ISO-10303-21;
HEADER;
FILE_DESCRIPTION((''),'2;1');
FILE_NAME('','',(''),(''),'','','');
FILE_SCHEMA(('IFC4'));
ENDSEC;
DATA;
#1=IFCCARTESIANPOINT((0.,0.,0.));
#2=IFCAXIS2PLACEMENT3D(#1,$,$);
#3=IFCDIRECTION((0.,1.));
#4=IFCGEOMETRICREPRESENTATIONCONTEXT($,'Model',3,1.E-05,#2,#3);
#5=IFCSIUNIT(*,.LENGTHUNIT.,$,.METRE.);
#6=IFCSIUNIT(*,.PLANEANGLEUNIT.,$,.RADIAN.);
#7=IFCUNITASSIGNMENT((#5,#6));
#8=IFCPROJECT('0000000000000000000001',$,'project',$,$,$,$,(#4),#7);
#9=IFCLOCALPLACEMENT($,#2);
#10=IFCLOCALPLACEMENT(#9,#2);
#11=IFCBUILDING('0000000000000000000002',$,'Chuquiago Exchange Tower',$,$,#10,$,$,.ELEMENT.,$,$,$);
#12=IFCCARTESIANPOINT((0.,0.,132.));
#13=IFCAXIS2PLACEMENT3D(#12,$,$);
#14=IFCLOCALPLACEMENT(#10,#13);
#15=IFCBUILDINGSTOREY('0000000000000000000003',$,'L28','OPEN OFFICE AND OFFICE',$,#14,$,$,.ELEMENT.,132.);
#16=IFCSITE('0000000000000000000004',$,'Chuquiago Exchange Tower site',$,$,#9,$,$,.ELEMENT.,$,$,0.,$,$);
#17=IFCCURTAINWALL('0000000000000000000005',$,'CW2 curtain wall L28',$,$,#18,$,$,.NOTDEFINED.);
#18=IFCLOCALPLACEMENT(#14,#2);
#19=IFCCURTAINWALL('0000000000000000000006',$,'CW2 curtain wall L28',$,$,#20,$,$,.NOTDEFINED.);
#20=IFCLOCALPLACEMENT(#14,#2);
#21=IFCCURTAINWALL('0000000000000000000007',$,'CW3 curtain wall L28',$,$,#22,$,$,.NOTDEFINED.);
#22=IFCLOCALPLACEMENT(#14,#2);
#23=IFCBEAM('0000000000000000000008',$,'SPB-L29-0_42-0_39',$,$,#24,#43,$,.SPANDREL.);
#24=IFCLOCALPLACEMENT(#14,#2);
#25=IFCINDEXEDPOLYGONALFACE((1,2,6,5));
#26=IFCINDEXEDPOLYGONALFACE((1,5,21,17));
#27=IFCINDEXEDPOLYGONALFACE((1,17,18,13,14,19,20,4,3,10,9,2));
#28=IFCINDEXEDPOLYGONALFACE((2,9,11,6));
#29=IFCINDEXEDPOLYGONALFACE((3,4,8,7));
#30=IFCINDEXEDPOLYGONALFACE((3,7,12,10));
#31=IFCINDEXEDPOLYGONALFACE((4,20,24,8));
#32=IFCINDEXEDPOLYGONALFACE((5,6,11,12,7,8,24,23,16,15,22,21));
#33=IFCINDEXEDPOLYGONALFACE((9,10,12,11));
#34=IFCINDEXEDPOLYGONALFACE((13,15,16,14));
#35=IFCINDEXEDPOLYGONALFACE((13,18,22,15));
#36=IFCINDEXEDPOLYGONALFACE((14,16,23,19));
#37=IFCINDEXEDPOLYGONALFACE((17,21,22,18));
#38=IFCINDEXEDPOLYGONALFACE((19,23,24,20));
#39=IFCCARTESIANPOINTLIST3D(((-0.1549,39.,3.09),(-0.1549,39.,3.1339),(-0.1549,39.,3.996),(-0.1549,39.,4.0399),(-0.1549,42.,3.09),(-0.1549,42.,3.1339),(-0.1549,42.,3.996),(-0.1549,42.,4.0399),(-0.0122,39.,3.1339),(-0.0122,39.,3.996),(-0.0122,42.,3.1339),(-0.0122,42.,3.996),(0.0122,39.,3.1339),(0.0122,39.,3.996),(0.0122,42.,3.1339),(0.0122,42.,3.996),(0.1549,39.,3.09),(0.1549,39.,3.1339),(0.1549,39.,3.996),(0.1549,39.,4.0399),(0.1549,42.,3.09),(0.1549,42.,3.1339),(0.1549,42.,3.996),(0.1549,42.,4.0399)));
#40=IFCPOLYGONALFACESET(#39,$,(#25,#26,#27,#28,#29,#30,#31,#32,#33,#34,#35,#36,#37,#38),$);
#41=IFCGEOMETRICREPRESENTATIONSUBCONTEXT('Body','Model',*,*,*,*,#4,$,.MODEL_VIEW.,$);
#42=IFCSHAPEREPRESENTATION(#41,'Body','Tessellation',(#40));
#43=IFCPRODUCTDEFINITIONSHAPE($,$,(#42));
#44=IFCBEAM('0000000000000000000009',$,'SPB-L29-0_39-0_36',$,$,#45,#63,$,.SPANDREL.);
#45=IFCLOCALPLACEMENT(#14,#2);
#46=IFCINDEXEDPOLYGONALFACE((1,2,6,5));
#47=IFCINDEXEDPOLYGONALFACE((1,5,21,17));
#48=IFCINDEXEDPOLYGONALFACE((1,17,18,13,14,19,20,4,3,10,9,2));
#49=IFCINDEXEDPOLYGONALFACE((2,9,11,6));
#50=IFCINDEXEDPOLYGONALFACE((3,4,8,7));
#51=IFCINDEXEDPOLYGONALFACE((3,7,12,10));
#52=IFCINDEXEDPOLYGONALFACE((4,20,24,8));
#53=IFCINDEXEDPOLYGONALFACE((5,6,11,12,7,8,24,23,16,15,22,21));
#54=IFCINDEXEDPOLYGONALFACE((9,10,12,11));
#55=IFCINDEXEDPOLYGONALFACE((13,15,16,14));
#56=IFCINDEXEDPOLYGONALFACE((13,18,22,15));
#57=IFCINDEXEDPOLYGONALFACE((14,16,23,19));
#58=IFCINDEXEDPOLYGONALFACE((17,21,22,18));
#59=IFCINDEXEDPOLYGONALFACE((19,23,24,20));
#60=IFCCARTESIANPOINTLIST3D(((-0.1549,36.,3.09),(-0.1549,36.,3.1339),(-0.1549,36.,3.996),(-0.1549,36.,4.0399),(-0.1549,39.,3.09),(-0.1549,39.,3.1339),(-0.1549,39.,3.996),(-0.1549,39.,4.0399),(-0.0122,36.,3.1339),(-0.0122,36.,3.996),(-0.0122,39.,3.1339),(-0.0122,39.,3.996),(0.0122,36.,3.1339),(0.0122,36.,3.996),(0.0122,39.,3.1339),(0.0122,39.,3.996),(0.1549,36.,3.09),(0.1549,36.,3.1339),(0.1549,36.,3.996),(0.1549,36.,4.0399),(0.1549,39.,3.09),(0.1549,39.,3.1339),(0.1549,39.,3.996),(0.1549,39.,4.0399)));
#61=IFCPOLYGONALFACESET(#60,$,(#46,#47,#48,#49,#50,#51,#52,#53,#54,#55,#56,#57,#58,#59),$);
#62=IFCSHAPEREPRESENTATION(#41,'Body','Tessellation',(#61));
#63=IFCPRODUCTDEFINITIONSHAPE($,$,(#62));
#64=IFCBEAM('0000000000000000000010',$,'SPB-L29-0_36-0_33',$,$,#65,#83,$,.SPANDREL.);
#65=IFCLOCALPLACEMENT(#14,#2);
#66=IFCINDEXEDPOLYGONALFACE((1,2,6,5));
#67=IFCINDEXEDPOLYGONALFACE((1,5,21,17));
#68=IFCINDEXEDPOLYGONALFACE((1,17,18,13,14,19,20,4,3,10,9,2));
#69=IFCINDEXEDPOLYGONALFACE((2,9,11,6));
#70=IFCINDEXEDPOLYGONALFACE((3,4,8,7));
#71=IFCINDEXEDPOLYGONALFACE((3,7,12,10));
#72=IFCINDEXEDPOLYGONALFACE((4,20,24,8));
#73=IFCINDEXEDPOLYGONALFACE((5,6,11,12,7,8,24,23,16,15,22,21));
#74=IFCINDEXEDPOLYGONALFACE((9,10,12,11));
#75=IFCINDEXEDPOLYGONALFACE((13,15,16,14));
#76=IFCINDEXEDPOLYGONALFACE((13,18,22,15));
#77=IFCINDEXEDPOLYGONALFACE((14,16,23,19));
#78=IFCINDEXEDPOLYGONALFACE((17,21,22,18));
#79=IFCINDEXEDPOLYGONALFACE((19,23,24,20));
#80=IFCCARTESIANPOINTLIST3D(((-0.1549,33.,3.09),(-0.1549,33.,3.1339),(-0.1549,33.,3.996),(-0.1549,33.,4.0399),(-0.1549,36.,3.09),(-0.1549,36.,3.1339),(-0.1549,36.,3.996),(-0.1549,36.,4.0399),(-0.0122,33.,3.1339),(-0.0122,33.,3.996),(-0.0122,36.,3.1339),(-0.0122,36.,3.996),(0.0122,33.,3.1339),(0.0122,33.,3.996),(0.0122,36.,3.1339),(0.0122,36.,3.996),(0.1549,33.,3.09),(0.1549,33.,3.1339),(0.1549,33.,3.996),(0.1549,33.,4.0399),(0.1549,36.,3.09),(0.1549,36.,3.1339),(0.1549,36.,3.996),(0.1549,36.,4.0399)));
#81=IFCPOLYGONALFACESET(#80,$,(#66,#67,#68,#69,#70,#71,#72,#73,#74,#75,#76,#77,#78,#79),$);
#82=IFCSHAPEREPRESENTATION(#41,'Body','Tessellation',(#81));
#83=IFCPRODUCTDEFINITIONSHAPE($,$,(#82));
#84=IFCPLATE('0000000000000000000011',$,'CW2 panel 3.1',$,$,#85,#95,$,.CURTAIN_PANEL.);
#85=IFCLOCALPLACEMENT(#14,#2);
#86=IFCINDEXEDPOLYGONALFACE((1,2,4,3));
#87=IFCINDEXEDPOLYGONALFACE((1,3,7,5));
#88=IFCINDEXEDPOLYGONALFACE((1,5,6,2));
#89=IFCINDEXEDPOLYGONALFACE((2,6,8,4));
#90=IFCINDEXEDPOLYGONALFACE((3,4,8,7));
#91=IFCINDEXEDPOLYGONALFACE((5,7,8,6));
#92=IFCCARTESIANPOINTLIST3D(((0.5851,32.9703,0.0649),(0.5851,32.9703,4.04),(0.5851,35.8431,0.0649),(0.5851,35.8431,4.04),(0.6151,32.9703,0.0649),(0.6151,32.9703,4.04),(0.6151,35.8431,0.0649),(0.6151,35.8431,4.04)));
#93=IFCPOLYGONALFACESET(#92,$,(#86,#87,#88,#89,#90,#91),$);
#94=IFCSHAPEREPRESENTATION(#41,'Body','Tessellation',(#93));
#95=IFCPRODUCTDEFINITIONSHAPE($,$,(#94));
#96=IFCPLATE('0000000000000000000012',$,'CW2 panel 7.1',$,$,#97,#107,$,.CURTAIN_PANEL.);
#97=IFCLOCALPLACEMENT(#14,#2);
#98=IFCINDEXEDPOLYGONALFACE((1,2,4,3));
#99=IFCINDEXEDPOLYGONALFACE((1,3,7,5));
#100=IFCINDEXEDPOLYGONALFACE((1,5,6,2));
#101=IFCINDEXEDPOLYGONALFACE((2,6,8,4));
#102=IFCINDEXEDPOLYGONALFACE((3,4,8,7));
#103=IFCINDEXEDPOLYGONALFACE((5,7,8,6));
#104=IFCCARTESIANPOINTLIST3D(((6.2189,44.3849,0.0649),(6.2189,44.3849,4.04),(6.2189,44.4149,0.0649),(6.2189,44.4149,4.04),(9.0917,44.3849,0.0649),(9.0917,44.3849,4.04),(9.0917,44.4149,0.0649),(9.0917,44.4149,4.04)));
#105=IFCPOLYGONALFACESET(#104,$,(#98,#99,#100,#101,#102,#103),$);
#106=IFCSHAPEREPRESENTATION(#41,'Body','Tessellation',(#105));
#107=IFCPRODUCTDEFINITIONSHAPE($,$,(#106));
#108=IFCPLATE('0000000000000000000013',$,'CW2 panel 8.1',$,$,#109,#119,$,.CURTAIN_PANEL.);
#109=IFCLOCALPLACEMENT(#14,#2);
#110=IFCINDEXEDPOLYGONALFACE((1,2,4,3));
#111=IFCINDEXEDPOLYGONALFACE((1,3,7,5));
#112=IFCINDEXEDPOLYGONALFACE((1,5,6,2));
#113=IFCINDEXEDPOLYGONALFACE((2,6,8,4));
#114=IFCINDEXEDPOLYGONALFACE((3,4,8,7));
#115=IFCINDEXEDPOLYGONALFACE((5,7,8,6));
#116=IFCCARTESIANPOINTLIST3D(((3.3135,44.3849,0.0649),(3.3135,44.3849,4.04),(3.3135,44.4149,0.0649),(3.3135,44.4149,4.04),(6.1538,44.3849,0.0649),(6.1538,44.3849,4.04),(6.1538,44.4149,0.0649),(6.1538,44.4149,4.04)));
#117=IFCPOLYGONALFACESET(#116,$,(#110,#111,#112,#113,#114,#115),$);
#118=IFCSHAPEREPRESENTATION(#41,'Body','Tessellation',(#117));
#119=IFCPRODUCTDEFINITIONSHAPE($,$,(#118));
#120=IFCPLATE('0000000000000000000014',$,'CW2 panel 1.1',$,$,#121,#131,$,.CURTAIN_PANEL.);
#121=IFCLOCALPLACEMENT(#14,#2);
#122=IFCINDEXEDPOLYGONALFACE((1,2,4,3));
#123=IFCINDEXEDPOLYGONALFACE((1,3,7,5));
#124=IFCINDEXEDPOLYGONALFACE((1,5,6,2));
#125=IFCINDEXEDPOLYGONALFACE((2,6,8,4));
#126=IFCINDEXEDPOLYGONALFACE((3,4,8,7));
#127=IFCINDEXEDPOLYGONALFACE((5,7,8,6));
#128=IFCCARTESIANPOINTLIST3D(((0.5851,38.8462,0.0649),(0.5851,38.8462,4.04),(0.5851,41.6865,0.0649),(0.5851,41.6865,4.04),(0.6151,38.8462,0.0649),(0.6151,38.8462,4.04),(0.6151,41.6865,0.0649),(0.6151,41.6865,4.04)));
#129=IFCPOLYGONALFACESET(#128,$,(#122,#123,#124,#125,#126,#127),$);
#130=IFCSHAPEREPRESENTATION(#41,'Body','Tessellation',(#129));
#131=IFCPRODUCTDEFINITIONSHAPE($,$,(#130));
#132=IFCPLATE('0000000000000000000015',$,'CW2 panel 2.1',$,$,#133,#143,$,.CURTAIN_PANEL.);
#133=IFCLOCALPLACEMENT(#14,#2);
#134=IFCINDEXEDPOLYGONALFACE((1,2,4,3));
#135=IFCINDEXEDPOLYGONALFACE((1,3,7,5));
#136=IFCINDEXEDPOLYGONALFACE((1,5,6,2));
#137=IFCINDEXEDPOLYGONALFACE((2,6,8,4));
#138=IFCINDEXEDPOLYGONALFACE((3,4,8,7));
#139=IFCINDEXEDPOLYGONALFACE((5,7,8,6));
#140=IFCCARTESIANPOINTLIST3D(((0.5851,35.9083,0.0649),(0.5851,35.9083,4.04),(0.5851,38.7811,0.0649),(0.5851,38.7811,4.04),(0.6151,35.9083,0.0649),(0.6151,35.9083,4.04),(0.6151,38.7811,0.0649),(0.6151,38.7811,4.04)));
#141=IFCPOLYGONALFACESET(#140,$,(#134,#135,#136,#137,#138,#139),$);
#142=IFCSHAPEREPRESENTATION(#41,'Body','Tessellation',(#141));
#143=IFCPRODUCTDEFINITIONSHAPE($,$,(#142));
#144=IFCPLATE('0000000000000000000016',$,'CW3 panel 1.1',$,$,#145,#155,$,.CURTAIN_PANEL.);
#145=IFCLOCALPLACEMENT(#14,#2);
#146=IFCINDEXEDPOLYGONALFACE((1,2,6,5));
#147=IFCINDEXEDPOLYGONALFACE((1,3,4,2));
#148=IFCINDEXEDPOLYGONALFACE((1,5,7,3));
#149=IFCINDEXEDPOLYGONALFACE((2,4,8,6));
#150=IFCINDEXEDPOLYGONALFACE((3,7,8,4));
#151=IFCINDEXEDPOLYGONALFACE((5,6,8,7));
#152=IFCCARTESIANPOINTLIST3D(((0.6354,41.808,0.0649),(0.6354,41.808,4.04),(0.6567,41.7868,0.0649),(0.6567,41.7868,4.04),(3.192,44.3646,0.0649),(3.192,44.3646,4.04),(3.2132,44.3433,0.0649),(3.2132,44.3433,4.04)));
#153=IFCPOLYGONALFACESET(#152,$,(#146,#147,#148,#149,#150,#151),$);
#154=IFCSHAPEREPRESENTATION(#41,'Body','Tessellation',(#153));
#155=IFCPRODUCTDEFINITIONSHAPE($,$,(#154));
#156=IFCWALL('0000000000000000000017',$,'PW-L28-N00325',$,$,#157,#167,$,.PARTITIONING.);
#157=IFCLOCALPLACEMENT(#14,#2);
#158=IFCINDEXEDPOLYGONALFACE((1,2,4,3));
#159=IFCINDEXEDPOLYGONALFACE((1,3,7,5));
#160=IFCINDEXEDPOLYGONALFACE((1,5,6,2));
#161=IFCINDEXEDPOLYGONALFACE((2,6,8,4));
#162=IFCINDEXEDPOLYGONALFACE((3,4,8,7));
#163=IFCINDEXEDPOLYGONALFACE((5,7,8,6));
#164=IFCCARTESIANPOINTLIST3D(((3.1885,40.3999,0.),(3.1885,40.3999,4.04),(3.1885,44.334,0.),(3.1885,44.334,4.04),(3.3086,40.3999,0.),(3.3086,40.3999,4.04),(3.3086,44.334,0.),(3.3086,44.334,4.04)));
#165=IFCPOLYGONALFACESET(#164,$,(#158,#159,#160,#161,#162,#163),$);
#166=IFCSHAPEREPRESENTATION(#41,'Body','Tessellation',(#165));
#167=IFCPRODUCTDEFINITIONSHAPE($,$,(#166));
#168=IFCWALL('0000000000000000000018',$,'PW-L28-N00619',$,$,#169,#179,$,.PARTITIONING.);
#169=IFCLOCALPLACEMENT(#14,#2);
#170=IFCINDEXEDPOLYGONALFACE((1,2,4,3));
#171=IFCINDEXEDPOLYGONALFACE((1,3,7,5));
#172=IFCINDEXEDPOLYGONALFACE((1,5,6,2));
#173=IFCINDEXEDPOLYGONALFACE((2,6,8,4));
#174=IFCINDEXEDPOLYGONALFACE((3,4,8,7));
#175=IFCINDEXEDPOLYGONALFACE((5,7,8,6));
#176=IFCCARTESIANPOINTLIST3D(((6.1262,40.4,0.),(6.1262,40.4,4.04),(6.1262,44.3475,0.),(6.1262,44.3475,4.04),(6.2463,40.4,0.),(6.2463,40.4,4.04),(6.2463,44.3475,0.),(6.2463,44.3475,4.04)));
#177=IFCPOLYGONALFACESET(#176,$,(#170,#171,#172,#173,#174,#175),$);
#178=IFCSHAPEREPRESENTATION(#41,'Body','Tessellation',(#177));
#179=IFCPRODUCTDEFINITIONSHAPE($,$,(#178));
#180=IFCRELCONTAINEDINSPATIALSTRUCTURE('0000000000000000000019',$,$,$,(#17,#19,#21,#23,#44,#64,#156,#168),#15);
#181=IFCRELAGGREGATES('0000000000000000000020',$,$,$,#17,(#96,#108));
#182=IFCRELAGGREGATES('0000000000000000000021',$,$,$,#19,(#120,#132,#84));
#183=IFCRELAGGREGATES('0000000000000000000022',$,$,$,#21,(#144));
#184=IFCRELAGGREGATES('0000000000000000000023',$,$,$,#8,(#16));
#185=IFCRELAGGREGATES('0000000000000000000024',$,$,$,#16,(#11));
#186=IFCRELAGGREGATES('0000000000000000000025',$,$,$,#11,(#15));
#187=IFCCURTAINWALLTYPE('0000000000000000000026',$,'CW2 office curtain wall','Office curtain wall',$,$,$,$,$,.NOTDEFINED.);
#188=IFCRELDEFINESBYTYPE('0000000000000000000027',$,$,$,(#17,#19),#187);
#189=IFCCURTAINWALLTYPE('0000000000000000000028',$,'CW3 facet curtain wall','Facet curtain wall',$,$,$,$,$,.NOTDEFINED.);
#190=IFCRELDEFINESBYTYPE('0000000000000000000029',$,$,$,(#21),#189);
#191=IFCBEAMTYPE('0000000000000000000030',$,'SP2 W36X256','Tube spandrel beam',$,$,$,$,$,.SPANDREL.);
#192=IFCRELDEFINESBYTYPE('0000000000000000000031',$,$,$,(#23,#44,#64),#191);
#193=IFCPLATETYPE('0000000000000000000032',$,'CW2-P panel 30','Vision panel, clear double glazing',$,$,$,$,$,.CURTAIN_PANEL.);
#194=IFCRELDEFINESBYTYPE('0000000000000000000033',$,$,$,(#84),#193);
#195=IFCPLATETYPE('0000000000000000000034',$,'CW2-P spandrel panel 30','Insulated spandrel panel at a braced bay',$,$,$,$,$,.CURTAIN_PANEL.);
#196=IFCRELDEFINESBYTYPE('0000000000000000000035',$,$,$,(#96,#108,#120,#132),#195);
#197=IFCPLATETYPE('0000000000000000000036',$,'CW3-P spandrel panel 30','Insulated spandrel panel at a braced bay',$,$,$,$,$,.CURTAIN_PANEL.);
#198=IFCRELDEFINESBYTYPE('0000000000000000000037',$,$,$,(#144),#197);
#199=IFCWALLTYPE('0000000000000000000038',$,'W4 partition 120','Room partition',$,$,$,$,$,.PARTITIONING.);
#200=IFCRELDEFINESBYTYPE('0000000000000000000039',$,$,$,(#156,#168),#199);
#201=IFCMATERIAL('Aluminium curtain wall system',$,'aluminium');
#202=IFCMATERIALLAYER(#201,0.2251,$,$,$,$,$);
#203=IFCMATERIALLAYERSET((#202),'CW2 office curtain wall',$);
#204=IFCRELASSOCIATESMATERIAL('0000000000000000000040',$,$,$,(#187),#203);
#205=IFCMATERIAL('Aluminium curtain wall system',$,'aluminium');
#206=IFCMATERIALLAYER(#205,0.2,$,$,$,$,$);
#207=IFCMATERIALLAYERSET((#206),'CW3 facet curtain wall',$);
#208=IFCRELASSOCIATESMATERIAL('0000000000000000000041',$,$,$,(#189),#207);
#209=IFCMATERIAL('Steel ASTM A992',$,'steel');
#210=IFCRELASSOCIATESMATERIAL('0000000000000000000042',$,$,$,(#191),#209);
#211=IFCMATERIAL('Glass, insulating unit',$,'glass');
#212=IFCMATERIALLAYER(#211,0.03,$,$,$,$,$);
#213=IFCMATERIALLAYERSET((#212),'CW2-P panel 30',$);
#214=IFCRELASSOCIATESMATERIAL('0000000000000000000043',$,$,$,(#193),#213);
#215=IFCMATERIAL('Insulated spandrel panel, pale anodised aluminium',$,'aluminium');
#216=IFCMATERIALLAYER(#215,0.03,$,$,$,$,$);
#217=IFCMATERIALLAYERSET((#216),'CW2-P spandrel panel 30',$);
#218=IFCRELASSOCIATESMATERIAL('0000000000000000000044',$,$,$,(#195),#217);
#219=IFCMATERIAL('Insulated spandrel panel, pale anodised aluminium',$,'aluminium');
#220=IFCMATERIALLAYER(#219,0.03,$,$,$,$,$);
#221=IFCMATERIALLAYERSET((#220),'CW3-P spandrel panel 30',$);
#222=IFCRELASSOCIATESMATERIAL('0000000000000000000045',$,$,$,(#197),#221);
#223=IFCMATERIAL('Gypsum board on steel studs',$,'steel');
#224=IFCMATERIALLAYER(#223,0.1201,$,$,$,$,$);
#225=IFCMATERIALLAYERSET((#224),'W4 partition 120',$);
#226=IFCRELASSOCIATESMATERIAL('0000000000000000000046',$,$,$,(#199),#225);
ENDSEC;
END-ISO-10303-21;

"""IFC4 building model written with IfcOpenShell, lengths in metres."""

from ifc_helpers import new_model, si_unit, direction, frame, frame_2d, origin, origin_2d, place, context, subcontext, project, spatial, rectangle, i_section, extrude, material, layer, layer_set, material_profile, profile_set, type_object, element, aggregate, save


model = new_model("IFC4")

# Units and contexts
model_context = context("Model", 3, precision=1e-05, world=origin(), true_north=direction((0.0, 1.0)))
body_context = subcontext(model_context, "Body", "Model", "MODEL_VIEW")
ifc_project = project(units=[si_unit("LENGTHUNIT", "METRE"), si_unit("PLANEANGLEUNIT", "RADIAN")], contexts=[model_context])

# Site, building, storey
site_placement = place(None, origin())
site = spatial("IfcSite", under=ifc_project, at=site_placement, Name="Chuquiago Exchange Tower site", CompositionType="ELEMENT", RefElevation=0.0)
building_placement = place(site_placement, origin())
building = spatial("IfcBuilding", under=site, at=building_placement, Name="Chuquiago Exchange Tower", CompositionType="ELEMENT")
storey_placement = place(building_placement, frame((0.0, 0.0, 132.0)))
storey = spatial("IfcBuildingStorey", under=building, at=storey_placement, Name="L28", Description="OPEN OFFICE AND OFFICE", CompositionType="ELEMENT", Elevation=132.0)

# Curtain walls
ifc_material_1 = material(Name="Aluminium curtain wall system", Category="aluminium")
ifc_layer_1 = layer(ifc_material_1, 0.2251)
ifc_layer_set_1 = layer_set([ifc_layer_1], Name="CW2 office curtain wall")
curtain_wall_type_1 = type_object("IfcCurtainWallType", Name="CW2 office curtain wall", Description="Office curtain wall", PredefinedType="NOTDEFINED", material=ifc_layer_set_1)
curtain_wall_1_placement = place(storey_placement, origin())
curtain_wall_1 = element("IfcCurtainWall", 1, at=curtain_wall_1_placement, inside=storey, type_object=curtain_wall_type_1, Name="CW2 curtain wall L28", PredefinedType="NOTDEFINED")
curtain_wall_2_placement = place(storey_placement, origin())
curtain_wall_2 = element("IfcCurtainWall", 2, at=curtain_wall_2_placement, inside=storey, type_object=curtain_wall_type_1, Name="CW2 curtain wall L28", PredefinedType="NOTDEFINED")

# Curtain wall
ifc_material_2 = material(Name="Aluminium curtain wall system", Category="aluminium")
ifc_layer_2 = layer(ifc_material_2, 0.2)
ifc_layer_set_2 = layer_set([ifc_layer_2], Name="CW3 facet curtain wall")
curtain_wall_type_2 = type_object("IfcCurtainWallType", Name="CW3 facet curtain wall", Description="Facet curtain wall", PredefinedType="NOTDEFINED", material=ifc_layer_set_2)
curtain_wall_3_placement = place(storey_placement, origin())
curtain_wall_3 = element("IfcCurtainWall", 3, at=curtain_wall_3_placement, inside=storey, type_object=curtain_wall_type_2, Name="CW3 curtain wall L28", PredefinedType="NOTDEFINED")

# Beams
ifc_material_3 = material(Name="Steel ASTM A992", Category="steel")
ifc_material_profile_1 = material_profile(ifc_material_3, i_section(OverallWidth=0.3098, OverallDepth=0.95, WebThickness=0.0244, FlangeThickness=0.0439, at=origin_2d()), Name="W36X256")
ifc_profile_set_1 = profile_set([ifc_material_profile_1], Name="Steel ASTM A992")
beam_type = type_object("IfcBeamType", Name="SP2 W36X256", Description="Tube spandrel beam", PredefinedType="SPANDREL", material=ifc_profile_set_1)
for number, where, z_axis, x_axis, name in (
    (4, (0.0, 42.0, 3.5649), (0.0, -1.0, 0.0), (1.0, 0.0, 0.0), "SPB-L29-0_42-0_39"),
    (5, (0.0, 39.0, 3.5649), (0.0, -1.0, 0.0), (1.0, 0.0, 0.0), "SPB-L29-0_39-0_36"),
    (6, (0.0, 36.0, 3.5649), (0.0, -1.0, 0.0), (1.0, 0.0, 0.0), "SPB-L29-0_36-0_33"),
):
    element("IfcBeam", number, at=place(storey_placement, frame(where, z_axis=z_axis, x_axis=x_axis)), inside=storey, type_object=beam_type, Name=name, PredefinedType="SPANDREL", context=body_context, shape_type="SweptSolid", body=[
        extrude(i_section(OverallWidth=0.3098, OverallDepth=0.95, WebThickness=0.0244, FlangeThickness=0.0439, at=origin_2d()), origin(), (0.0, 0.0, 1.0), 3.0),
    ])

# Plates
ifc_material_4 = material(Name="Glass, insulating unit", Category="glass")
ifc_layer_3 = layer(ifc_material_4, 0.03)
ifc_layer_set_3 = layer_set([ifc_layer_3], Name="CW2-P panel 30")
plate_type_1 = type_object("IfcPlateType", Name="CW2-P panel 30", Description="Vision panel, clear double glazing", PredefinedType="CURTAIN_PANEL", material=ifc_layer_set_3)
plate_1_placement = place(storey_placement, frame((0.6001, 34.4067, 0.0649), z_axis=(0.0, 0.0, 1.0), x_axis=(0.0, -1.0, 0.0)))
plate_1 = element("IfcPlate", 7, at=plate_1_placement, type_object=plate_type_1, Name="CW2 panel 3.1", PredefinedType="CURTAIN_PANEL", context=body_context, shape_type="SweptSolid", body=[
    extrude(rectangle(XDim=2.8728, YDim=0.03, at=origin_2d()), origin(), (0.0, 0.0, 1.0), 3.9751),
])
ifc_material_5 = material(Name="Insulated spandrel panel, pale anodised aluminium", Category="aluminium")
ifc_layer_4 = layer(ifc_material_5, 0.03)
ifc_layer_set_4 = layer_set([ifc_layer_4], Name="CW2-P spandrel panel 30")
plate_type_2 = type_object("IfcPlateType", Name="CW2-P spandrel panel 30", Description="Insulated spandrel panel at a braced bay", PredefinedType="CURTAIN_PANEL", material=ifc_layer_set_4)
plate_2_placement = place(storey_placement, frame((7.6553, 44.3999, 0.0649), z_axis=(0.0, 0.0, 1.0), x_axis=(-1.0, 0.0, 0.0)))
plate_2 = element("IfcPlate", 8, at=plate_2_placement, type_object=plate_type_2, Name="CW2 panel 7.1", PredefinedType="CURTAIN_PANEL", context=body_context, shape_type="SweptSolid", body=[
    extrude(rectangle(XDim=2.8728, YDim=0.03, at=origin_2d()), origin(), (0.0, 0.0, 1.0), 3.9751),
])
plate_3_placement = place(storey_placement, frame((4.7336, 44.3999, 0.0649), z_axis=(0.0, 0.0, 1.0), x_axis=(-1.0, 0.0, 0.0)))
plate_3 = element("IfcPlate", 9, at=plate_3_placement, type_object=plate_type_2, Name="CW2 panel 8.1", PredefinedType="CURTAIN_PANEL", context=body_context, shape_type="SweptSolid", body=[
    extrude(rectangle(XDim=2.8403, YDim=0.03, at=origin_2d()), origin(), (0.0, 0.0, 1.0), 3.9751),
])
aggregate(curtain_wall_1, [plate_2, plate_3])
plate_4_placement = place(storey_placement, frame((0.6001, 40.2664, 0.0649), z_axis=(0.0, 0.0, 1.0), x_axis=(0.0, -1.0, 0.0)))
plate_4 = element("IfcPlate", 10, at=plate_4_placement, type_object=plate_type_2, Name="CW2 panel 1.1", PredefinedType="CURTAIN_PANEL", context=body_context, shape_type="SweptSolid", body=[
    extrude(rectangle(XDim=2.8403, YDim=0.03, at=origin_2d()), origin(), (0.0, 0.0, 1.0), 3.9751),
])
plate_5_placement = place(storey_placement, frame((0.6001, 37.3447, 0.0649), z_axis=(0.0, 0.0, 1.0), x_axis=(0.0, -1.0, 0.0)))
plate_5 = element("IfcPlate", 11, at=plate_5_placement, type_object=plate_type_2, Name="CW2 panel 2.1", PredefinedType="CURTAIN_PANEL", context=body_context, shape_type="SweptSolid", body=[
    extrude(rectangle(XDim=2.8728, YDim=0.03, at=origin_2d()), origin(), (0.0, 0.0, 1.0), 3.9751),
])
aggregate(curtain_wall_2, [plate_4, plate_5, plate_1])
ifc_material_6 = material(Name="Insulated spandrel panel, pale anodised aluminium", Category="aluminium")
ifc_layer_5 = layer(ifc_material_6, 0.03)
ifc_layer_set_5 = layer_set([ifc_layer_5], Name="CW3-P spandrel panel 30")
plate_type_3 = type_object("IfcPlateType", Name="CW3-P spandrel panel 30", Description="Insulated spandrel panel at a braced bay", PredefinedType="CURTAIN_PANEL", material=ifc_layer_set_5)
plate_6_placement = place(storey_placement, frame((1.9243, 43.0757, 0.0649), z_axis=(0.0, 0.0, 1.0), x_axis=(-0.707107, -0.707107, 0.0)))
plate_6 = element("IfcPlate", 12, at=plate_6_placement, type_object=plate_type_3, Name="CW3 panel 1.1", PredefinedType="CURTAIN_PANEL", context=body_context, shape_type="SweptSolid", body=[
    extrude(rectangle(XDim=3.6155, YDim=0.03, at=origin_2d()), origin(), (0.0, 0.0, 1.0), 3.9751),
])
aggregate(curtain_wall_3, [plate_6])

# Walls
ifc_material_7 = material(Name="Gypsum board on steel studs", Category="steel")
ifc_layer_6 = layer(ifc_material_7, 0.1201)
ifc_layer_set_6 = layer_set([ifc_layer_6], Name="W4 partition 120")
wall_type = type_object("IfcWallType", Name="W4 partition 120", Description="Room partition", PredefinedType="PARTITIONING", material=ifc_layer_set_6)
wall_1_placement = place(storey_placement, frame((3.2485, 44.334, 0.0), z_axis=(0.0, 0.0, 1.0), x_axis=(0.0, -1.0, 0.0)))
element("IfcWall", 13, at=wall_1_placement, inside=storey, type_object=wall_type, Name="PW-L28-N00325", PredefinedType="PARTITIONING", context=body_context, shape_type="SweptSolid", body=[
    extrude(rectangle(XDim=3.9341, YDim=0.1201, at=frame_2d((1.967, 0.0))), origin(), (0.0, 0.0, 1.0), 4.04),
])
wall_2_placement = place(storey_placement, frame((6.1863, 44.3474, 0.0), z_axis=(0.0, 0.0, 1.0), x_axis=(0.0, -1.0, 0.0)))
element("IfcWall", 14, at=wall_2_placement, inside=storey, type_object=wall_type, Name="PW-L28-N00619", PredefinedType="PARTITIONING", context=body_context, shape_type="SweptSolid", body=[
    extrude(rectangle(XDim=3.9475, YDim=0.1201, at=frame_2d((1.9736, 0.0))), origin(), (0.0, 0.0, 1.0), 4.04),
])

save(model, "model.ifc")
